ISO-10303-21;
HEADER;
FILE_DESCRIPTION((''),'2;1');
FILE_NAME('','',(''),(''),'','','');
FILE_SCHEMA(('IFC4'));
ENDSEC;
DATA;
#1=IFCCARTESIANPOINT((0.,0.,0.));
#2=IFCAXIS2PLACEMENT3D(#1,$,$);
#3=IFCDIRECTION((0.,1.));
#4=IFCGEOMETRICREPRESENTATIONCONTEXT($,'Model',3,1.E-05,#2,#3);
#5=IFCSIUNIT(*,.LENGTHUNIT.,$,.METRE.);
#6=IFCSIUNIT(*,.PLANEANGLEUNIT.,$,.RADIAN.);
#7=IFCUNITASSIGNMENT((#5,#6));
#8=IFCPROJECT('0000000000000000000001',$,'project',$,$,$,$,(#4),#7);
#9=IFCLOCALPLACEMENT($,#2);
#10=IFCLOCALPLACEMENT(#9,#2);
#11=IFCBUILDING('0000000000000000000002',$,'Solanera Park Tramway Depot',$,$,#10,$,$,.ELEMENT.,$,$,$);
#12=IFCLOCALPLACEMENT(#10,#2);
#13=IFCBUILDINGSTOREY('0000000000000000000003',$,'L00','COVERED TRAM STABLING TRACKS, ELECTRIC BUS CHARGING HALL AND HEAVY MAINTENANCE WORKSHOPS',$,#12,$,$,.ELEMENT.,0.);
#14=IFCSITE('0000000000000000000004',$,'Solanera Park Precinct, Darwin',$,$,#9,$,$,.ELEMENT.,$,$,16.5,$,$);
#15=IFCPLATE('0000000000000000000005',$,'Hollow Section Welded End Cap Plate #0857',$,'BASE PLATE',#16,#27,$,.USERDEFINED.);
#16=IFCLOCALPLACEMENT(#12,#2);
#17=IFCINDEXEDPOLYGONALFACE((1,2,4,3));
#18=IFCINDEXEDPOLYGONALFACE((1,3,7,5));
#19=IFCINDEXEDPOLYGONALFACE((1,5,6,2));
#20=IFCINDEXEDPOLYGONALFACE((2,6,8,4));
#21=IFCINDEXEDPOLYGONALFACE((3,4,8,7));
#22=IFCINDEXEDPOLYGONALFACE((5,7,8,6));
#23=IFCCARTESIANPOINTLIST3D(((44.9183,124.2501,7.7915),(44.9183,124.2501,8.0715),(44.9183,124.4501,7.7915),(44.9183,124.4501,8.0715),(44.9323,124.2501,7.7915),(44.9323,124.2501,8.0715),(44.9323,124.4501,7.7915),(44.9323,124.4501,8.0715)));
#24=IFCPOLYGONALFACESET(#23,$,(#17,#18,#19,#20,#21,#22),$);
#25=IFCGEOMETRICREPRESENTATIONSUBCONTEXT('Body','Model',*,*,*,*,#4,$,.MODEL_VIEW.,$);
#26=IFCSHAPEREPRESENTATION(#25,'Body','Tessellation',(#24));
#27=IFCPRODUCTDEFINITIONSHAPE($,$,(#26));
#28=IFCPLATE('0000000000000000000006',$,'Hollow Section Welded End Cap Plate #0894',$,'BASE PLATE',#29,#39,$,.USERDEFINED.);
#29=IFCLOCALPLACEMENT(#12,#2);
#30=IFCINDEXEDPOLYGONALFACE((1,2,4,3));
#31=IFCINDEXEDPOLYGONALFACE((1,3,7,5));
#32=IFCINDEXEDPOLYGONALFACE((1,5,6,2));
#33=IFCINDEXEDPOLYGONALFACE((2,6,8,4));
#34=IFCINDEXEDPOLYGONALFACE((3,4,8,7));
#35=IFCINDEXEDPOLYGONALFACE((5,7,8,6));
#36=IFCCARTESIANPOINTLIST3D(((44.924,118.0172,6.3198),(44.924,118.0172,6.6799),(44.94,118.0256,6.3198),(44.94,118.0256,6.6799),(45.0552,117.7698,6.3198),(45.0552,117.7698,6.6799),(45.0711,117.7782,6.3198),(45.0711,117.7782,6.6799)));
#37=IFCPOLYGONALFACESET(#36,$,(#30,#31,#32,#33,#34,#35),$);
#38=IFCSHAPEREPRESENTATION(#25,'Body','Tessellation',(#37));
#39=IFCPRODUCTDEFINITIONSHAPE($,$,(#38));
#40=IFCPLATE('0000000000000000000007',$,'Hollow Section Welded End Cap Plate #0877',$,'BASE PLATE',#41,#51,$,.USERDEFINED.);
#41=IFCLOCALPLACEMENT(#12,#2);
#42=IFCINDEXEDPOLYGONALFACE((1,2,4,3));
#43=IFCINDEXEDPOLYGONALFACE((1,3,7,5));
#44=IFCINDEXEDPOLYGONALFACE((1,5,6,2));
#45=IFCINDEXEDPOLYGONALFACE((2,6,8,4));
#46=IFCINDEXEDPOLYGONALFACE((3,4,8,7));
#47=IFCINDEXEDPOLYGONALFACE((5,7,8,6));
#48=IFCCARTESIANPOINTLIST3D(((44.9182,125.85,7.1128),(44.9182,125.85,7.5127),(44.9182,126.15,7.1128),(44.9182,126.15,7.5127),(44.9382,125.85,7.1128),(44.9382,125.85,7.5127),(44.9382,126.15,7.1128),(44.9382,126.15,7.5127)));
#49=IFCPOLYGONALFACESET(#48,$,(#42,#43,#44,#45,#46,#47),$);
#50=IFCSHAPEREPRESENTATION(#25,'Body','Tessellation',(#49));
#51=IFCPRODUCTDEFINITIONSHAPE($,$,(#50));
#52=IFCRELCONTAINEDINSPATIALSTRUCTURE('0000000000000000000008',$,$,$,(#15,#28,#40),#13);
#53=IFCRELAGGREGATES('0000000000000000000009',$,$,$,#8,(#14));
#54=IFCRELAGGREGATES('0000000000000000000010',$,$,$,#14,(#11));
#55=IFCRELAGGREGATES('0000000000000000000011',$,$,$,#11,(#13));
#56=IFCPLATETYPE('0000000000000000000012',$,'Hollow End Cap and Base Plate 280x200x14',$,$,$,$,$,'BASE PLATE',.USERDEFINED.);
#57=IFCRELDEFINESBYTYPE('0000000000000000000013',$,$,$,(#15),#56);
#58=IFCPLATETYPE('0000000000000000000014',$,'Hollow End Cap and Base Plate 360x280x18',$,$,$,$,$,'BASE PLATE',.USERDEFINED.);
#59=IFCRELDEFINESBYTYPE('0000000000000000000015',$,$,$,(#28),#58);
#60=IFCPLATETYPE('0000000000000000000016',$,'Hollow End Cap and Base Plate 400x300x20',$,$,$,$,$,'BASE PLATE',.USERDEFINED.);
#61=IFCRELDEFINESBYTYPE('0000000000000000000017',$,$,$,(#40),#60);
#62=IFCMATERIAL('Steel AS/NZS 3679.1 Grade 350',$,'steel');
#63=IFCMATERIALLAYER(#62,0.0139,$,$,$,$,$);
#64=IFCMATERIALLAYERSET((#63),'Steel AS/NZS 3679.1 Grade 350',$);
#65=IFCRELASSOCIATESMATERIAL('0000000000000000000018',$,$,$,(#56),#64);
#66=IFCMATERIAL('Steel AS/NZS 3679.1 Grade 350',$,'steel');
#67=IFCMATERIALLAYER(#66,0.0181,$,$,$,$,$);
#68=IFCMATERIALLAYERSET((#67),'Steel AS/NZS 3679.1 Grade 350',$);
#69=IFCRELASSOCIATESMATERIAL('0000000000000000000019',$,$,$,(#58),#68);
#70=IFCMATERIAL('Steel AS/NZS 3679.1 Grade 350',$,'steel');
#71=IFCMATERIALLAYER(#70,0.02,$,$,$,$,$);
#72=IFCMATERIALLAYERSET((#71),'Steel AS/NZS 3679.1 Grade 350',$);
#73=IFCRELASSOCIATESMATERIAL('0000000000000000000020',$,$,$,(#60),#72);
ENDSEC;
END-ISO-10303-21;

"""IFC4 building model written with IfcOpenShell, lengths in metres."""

from ifc_helpers import new_model, si_unit, direction, frame, origin, origin_2d, place, context, subcontext, project, spatial, rectangle, extrude, material, layer, layer_set, type_object, element, save


model = new_model("IFC4")

# Units and contexts
model_context = context("Model", 3, precision=1e-05, world=origin(), true_north=direction((0.0, 1.0)))
body_context = subcontext(model_context, "Body", "Model", "MODEL_VIEW")
ifc_project = project(units=[si_unit("LENGTHUNIT", "METRE"), si_unit("PLANEANGLEUNIT", "RADIAN")], contexts=[model_context])

# Site, building, storey
site_placement = place(None, origin())
site = spatial("IfcSite", under=ifc_project, at=site_placement, Name="Solanera Park Precinct, Darwin", CompositionType="ELEMENT", RefElevation=16.5)
building_placement = place(site_placement, origin())
building = spatial("IfcBuilding", under=site, at=building_placement, Name="Solanera Park Tramway Depot", CompositionType="ELEMENT")
storey_placement = place(building_placement, origin())
storey = spatial("IfcBuildingStorey", under=building, at=storey_placement, Name="L00", Description="COVERED TRAM STABLING TRACKS, ELECTRIC BUS CHARGING HALL AND HEAVY MAINTENANCE WORKSHOPS", CompositionType="ELEMENT", Elevation=0.0)

# Plates
ifc_material_1 = material(Name="Steel AS/NZS 3679.1 Grade 350", Category="steel")
ifc_layer_1 = layer(ifc_material_1, 0.0139)
ifc_layer_set_1 = layer_set([ifc_layer_1], Name="Steel AS/NZS 3679.1 Grade 350")
plate_type_1 = type_object("IfcPlateType", Name="Hollow End Cap and Base Plate 280x200x14", ElementType="BASE PLATE", PredefinedType="USERDEFINED", material=ifc_layer_set_1)
for number, where, z_axis, x_axis, name in (
    (1, (44.9253, 124.3501, 7.7915), (0.0, 0.0, 1.0), (1.0, 0.0, 0.0), "Hollow Section Welded End Cap Plate #0857"),
):
    element("IfcPlate", number, at=place(storey_placement, frame(where, z_axis=z_axis, x_axis=x_axis)), inside=storey, type_object=plate_type_1, Name=name, ObjectType="BASE PLATE", PredefinedType="USERDEFINED", context=body_context, shape_type="SweptSolid", body=[
        extrude(rectangle(XDim=0.0139, YDim=0.2, at=origin_2d()), origin(), (0.0, 0.0, 1.0), 0.28),
    ])
ifc_material_2 = material(Name="Steel AS/NZS 3679.1 Grade 350", Category="steel")
ifc_layer_2 = layer(ifc_material_2, 0.0181)
ifc_layer_set_2 = layer_set([ifc_layer_2], Name="Steel AS/NZS 3679.1 Grade 350")
plate_type_2 = type_object("IfcPlateType", Name="Hollow End Cap and Base Plate 360x280x18", ElementType="BASE PLATE", PredefinedType="USERDEFINED", material=ifc_layer_set_2)
plate_1_placement = place(storey_placement, frame((44.9976, 117.8977, 6.3198), z_axis=(0.0, 0.0, 1.0), x_axis=(0.883521, 0.468392, 0.0)))
element("IfcPlate", 2, at=plate_1_placement, inside=storey, type_object=plate_type_2, Name="Hollow Section Welded End Cap Plate #0894", ObjectType="BASE PLATE", PredefinedType="USERDEFINED", context=body_context, shape_type="SweptSolid", body=[
    extrude(rectangle(XDim=0.0181, YDim=0.28, at=origin_2d()), origin(), (0.0, 0.0, 1.0), 0.3601),
])
ifc_material_3 = material(Name="Steel AS/NZS 3679.1 Grade 350", Category="steel")
ifc_layer_3 = layer(ifc_material_3, 0.02)
ifc_layer_set_3 = layer_set([ifc_layer_3], Name="Steel AS/NZS 3679.1 Grade 350")
plate_type_3 = type_object("IfcPlateType", Name="Hollow End Cap and Base Plate 400x300x20", ElementType="BASE PLATE", PredefinedType="USERDEFINED", material=ifc_layer_set_3)
plate_2_placement = place(storey_placement, frame((44.9282, 126.0, 7.1128), z_axis=(0.0, 0.0, 1.0), x_axis=(1.0, 0.0, 0.0)))
element("IfcPlate", 3, at=plate_2_placement, inside=storey, type_object=plate_type_3, Name="Hollow Section Welded End Cap Plate #0877", ObjectType="BASE PLATE", PredefinedType="USERDEFINED", context=body_context, shape_type="SweptSolid", body=[
    extrude(rectangle(XDim=0.02, YDim=0.3, at=origin_2d()), origin(), (0.0, 0.0, 1.0), 0.3999),
])

save(model, "model.ifc")
